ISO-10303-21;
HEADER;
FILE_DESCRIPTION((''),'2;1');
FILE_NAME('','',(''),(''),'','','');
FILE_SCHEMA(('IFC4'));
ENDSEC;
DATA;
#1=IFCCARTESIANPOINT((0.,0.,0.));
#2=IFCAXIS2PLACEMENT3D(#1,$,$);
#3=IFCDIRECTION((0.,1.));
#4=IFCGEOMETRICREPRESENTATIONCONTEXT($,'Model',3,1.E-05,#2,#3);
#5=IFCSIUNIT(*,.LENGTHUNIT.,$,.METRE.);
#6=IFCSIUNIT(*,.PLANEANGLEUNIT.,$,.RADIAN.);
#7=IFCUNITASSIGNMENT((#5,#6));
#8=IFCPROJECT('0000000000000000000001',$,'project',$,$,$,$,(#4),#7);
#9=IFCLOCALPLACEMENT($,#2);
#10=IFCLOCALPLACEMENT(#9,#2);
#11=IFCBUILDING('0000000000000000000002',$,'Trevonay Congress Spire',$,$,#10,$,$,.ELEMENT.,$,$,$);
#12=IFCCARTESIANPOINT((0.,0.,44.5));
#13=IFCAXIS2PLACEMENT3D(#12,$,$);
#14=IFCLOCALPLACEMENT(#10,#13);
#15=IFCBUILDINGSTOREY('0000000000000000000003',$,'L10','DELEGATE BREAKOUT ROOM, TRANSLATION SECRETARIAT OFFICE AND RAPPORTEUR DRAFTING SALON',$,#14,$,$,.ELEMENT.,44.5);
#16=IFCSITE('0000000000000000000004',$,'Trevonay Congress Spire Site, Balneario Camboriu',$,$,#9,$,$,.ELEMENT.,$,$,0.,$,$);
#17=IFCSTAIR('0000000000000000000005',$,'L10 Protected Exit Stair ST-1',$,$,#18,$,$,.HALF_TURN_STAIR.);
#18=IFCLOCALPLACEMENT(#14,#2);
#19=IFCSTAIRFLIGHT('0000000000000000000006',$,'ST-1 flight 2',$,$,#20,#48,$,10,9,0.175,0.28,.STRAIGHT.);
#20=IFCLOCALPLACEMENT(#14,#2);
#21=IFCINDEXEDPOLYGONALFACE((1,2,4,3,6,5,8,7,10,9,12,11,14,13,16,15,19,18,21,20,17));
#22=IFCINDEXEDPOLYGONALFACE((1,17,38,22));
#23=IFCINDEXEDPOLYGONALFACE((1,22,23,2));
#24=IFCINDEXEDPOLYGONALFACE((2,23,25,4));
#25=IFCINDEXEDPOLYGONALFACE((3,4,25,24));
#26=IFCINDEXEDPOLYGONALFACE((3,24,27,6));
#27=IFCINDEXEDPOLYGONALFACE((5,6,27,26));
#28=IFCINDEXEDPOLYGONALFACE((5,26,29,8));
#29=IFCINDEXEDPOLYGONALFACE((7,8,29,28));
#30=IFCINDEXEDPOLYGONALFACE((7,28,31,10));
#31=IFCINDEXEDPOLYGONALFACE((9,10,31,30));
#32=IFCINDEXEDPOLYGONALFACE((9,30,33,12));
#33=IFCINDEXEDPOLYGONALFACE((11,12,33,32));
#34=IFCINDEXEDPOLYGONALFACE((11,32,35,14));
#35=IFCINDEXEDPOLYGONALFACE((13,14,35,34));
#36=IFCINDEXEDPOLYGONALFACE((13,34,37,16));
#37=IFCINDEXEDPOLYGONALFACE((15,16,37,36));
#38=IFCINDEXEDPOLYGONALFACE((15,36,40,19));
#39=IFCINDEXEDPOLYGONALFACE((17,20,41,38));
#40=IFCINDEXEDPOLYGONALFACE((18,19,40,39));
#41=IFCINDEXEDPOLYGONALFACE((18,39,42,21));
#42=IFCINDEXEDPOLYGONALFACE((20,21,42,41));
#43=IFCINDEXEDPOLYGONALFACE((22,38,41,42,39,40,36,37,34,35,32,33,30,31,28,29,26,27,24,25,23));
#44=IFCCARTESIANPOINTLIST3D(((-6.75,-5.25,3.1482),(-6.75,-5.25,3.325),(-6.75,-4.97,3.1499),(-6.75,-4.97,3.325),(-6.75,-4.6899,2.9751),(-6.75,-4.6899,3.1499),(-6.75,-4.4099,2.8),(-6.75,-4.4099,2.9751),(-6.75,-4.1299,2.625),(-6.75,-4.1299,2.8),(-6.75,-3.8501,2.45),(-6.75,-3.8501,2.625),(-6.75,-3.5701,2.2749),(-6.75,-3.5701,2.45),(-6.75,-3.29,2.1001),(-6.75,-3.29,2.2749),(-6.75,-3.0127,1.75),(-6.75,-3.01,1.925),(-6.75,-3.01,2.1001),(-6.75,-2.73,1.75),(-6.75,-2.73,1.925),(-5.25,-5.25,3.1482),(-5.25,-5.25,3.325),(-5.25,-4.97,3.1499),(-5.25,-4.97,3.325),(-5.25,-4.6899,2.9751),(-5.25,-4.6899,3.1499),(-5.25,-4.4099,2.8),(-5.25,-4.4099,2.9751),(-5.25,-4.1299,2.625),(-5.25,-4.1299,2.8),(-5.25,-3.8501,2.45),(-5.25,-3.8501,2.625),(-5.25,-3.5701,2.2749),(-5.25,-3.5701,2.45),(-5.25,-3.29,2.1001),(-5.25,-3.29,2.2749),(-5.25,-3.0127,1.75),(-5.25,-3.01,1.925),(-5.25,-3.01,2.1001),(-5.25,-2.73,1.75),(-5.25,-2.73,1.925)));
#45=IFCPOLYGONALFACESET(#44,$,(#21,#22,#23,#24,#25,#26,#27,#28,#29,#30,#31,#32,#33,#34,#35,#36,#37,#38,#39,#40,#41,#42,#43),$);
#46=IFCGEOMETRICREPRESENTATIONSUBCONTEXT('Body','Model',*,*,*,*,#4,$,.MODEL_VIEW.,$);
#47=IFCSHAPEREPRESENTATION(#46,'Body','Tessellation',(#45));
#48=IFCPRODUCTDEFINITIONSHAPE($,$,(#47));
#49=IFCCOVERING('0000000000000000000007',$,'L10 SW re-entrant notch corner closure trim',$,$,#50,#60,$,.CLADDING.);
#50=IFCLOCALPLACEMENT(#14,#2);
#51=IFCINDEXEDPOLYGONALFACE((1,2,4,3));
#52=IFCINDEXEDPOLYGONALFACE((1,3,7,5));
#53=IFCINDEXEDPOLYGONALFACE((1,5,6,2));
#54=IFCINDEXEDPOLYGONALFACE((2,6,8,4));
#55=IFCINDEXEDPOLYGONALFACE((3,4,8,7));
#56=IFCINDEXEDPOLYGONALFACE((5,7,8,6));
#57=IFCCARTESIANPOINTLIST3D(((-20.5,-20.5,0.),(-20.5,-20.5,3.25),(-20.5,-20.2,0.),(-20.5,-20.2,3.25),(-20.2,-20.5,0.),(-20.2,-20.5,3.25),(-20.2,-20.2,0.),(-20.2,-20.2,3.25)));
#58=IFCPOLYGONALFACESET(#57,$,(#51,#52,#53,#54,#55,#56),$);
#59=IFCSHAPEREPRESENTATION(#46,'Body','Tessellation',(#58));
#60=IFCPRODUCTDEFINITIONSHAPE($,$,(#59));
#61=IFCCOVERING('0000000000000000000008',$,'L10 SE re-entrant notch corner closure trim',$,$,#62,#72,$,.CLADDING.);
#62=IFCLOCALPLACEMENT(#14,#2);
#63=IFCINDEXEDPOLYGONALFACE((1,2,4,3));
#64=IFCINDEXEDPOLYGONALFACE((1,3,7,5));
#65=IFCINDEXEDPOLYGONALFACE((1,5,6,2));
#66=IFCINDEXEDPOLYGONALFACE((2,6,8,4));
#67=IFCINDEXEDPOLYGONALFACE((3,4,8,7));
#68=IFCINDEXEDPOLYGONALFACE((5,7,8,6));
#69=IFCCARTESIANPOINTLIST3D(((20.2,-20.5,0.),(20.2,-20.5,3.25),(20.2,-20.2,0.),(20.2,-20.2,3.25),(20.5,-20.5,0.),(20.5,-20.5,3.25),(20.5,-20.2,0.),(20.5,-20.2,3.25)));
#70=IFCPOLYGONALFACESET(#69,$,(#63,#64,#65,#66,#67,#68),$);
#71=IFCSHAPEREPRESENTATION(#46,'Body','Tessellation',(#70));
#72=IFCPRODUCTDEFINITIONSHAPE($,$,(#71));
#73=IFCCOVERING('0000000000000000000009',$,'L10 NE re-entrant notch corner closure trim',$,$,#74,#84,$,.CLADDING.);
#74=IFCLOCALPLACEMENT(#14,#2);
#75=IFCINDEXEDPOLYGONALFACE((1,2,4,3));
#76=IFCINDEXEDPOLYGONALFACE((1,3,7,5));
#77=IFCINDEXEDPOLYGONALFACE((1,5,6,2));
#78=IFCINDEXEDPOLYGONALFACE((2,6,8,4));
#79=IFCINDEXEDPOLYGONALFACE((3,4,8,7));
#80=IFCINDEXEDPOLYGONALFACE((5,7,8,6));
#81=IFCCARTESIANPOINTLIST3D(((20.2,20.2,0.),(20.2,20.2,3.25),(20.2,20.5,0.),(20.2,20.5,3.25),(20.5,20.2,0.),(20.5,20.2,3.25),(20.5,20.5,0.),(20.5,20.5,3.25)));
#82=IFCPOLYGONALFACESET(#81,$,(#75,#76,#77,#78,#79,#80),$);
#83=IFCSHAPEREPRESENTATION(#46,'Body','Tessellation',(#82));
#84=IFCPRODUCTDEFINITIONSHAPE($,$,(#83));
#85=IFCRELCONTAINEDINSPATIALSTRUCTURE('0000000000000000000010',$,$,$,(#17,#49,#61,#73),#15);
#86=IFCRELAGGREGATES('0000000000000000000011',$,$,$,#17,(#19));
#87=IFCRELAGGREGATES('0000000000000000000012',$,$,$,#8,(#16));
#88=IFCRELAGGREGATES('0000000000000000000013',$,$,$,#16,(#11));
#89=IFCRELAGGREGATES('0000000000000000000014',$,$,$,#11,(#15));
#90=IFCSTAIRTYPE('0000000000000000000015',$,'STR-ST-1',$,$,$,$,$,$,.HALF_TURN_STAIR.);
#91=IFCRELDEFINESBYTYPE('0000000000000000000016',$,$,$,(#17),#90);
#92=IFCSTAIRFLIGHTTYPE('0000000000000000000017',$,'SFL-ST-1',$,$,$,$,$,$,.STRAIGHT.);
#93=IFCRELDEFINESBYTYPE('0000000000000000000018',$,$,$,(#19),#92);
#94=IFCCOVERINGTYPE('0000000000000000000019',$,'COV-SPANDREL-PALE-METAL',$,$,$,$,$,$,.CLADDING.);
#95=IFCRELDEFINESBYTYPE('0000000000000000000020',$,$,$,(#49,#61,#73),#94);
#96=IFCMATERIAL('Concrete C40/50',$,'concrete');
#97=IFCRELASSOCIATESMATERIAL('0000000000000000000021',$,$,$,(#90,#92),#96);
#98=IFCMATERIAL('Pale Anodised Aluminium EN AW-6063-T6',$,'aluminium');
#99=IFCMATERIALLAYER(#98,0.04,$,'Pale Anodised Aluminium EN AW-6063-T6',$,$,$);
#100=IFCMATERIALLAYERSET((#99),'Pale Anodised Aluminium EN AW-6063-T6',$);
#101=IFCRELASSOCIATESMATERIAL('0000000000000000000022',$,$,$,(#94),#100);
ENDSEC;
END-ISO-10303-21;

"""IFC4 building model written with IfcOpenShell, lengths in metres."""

from ifc_helpers import new_model, si_unit, direction, frame, origin, place, context, subcontext, project, spatial, polyline, outline, extrude, material, layer, layer_set, type_object, element, aggregate, save


model = new_model("IFC4")

# Units and contexts
model_context = context("Model", 3, precision=1e-05, world=origin(), true_north=direction((0.0, 1.0)))
body_context = subcontext(model_context, "Body", "Model", "MODEL_VIEW")
ifc_project = project(units=[si_unit("LENGTHUNIT", "METRE"), si_unit("PLANEANGLEUNIT", "RADIAN")], contexts=[model_context])

# Site, building, storey
site_placement = place(None, origin())
site = spatial("IfcSite", under=ifc_project, at=site_placement, Name="Trevonay Congress Spire Site, Balneario Camboriu", CompositionType="ELEMENT", RefElevation=0.0)
building_placement = place(site_placement, origin())
building = spatial("IfcBuilding", under=site, at=building_placement, Name="Trevonay Congress Spire", CompositionType="ELEMENT")
storey_placement = place(building_placement, frame((0.0, 0.0, 44.5)))
storey = spatial("IfcBuildingStorey", under=building, at=storey_placement, Name="L10", Description="DELEGATE BREAKOUT ROOM, TRANSLATION SECRETARIAT OFFICE AND RAPPORTEUR DRAFTING SALON", CompositionType="ELEMENT", Elevation=44.5)

# Shared definitions
ifc_material_1 = material(Name="Concrete C40/50", Category="concrete")

# Stair, stair flight
stair_type = type_object("IfcStairType", Name="STR-ST-1", PredefinedType="HALF_TURN_STAIR", material=ifc_material_1)
stair_placement = place(storey_placement, origin())
stair = element("IfcStair", 1, at=stair_placement, inside=storey, type_object=stair_type, Name="L10 Protected Exit Stair ST-1", PredefinedType="HALF_TURN_STAIR")
stair_flight_type = type_object("IfcStairFlightType", Name="SFL-ST-1", PredefinedType="STRAIGHT", material=ifc_material_1)
stair_flight_1_placement = place(storey_placement, frame((-6.0, -2.73, 1.75), z_axis=(0.0, 0.0, 1.0), x_axis=(0.0, -1.0, 0.0)))
stair_flight_1 = element("IfcStairFlight", 2, at=stair_flight_1_placement, type_object=stair_flight_type, Name="ST-1 flight 2", NumberOfRisers=10, NumberOfTreads=9, PredefinedType="STRAIGHT", RiserHeight=0.175, TreadLength=0.28, context=body_context, shape_type="SweptSolid", body=[
    extrude(outline(polyline([(0.0, 0.0), (0.0, 0.175), (0.28, 0.175), (0.28, 0.3501), (0.5601, 0.3501), (0.5601, 0.5249), (0.8401, 0.5249), (0.8401, 0.7), (1.1201, 0.7), (1.1201, 0.875), (1.3999, 0.875), (1.3999, 1.05), (1.6799, 1.05), (1.6799, 1.2251), (1.96, 1.2251), (1.96, 1.3999), (2.24, 1.3999), (2.24, 1.575), (2.52, 1.575), (2.52, 1.75), (2.52, 1.3982), (0.2827, 0.0), (0.0, 0.0)])), frame((0.0, 0.75, 0.0), z_axis=(0.0, -1.0, 0.0), x_axis=(1.0, 0.0, 0.0)), (0.0, 0.0, 1.0), 1.5),
])
aggregate(stair, [stair_flight_1])

# Coverings
ifc_material_2 = material(Name="Pale Anodised Aluminium EN AW-6063-T6", Category="aluminium")
ifc_layer_1 = layer(ifc_material_2, 0.04, Name="Pale Anodised Aluminium EN AW-6063-T6")
ifc_layer_set_1 = layer_set([ifc_layer_1], Name="Pale Anodised Aluminium EN AW-6063-T6")
covering_type = type_object("IfcCoveringType", Name="COV-SPANDREL-PALE-METAL", PredefinedType="CLADDING", material=ifc_layer_set_1)
covering_1_placement = place(storey_placement, origin())
element("IfcCovering", 3, at=covering_1_placement, inside=storey, type_object=covering_type, Name="L10 SW re-entrant notch corner closure trim", PredefinedType="CLADDING", context=body_context, shape_type="SweptSolid", body=[
    extrude(outline(polyline([(-20.5, -20.5), (-20.2, -20.5), (-20.2, -20.2), (-20.5, -20.2), (-20.5, -20.5)])), origin(), (0.0, 0.0, 1.0), 3.25),
])
covering_2_placement = place(storey_placement, origin())
element("IfcCovering", 4, at=covering_2_placement, inside=storey, type_object=covering_type, Name="L10 SE re-entrant notch corner closure trim", PredefinedType="CLADDING", context=body_context, shape_type="SweptSolid", body=[
    extrude(outline(polyline([(20.2, -20.5), (20.5, -20.5), (20.5, -20.2), (20.2, -20.2), (20.2, -20.5)])), origin(), (0.0, 0.0, 1.0), 3.25),
])
covering_3_placement = place(storey_placement, origin())
element("IfcCovering", 5, at=covering_3_placement, inside=storey, type_object=covering_type, Name="L10 NE re-entrant notch corner closure trim", PredefinedType="CLADDING", context=body_context, shape_type="SweptSolid", body=[
    extrude(outline(polyline([(20.2, 20.2), (20.5, 20.2), (20.5, 20.5), (20.2, 20.5), (20.2, 20.2)])), origin(), (0.0, 0.0, 1.0), 3.25),
])

save(model, "model.ifc")
